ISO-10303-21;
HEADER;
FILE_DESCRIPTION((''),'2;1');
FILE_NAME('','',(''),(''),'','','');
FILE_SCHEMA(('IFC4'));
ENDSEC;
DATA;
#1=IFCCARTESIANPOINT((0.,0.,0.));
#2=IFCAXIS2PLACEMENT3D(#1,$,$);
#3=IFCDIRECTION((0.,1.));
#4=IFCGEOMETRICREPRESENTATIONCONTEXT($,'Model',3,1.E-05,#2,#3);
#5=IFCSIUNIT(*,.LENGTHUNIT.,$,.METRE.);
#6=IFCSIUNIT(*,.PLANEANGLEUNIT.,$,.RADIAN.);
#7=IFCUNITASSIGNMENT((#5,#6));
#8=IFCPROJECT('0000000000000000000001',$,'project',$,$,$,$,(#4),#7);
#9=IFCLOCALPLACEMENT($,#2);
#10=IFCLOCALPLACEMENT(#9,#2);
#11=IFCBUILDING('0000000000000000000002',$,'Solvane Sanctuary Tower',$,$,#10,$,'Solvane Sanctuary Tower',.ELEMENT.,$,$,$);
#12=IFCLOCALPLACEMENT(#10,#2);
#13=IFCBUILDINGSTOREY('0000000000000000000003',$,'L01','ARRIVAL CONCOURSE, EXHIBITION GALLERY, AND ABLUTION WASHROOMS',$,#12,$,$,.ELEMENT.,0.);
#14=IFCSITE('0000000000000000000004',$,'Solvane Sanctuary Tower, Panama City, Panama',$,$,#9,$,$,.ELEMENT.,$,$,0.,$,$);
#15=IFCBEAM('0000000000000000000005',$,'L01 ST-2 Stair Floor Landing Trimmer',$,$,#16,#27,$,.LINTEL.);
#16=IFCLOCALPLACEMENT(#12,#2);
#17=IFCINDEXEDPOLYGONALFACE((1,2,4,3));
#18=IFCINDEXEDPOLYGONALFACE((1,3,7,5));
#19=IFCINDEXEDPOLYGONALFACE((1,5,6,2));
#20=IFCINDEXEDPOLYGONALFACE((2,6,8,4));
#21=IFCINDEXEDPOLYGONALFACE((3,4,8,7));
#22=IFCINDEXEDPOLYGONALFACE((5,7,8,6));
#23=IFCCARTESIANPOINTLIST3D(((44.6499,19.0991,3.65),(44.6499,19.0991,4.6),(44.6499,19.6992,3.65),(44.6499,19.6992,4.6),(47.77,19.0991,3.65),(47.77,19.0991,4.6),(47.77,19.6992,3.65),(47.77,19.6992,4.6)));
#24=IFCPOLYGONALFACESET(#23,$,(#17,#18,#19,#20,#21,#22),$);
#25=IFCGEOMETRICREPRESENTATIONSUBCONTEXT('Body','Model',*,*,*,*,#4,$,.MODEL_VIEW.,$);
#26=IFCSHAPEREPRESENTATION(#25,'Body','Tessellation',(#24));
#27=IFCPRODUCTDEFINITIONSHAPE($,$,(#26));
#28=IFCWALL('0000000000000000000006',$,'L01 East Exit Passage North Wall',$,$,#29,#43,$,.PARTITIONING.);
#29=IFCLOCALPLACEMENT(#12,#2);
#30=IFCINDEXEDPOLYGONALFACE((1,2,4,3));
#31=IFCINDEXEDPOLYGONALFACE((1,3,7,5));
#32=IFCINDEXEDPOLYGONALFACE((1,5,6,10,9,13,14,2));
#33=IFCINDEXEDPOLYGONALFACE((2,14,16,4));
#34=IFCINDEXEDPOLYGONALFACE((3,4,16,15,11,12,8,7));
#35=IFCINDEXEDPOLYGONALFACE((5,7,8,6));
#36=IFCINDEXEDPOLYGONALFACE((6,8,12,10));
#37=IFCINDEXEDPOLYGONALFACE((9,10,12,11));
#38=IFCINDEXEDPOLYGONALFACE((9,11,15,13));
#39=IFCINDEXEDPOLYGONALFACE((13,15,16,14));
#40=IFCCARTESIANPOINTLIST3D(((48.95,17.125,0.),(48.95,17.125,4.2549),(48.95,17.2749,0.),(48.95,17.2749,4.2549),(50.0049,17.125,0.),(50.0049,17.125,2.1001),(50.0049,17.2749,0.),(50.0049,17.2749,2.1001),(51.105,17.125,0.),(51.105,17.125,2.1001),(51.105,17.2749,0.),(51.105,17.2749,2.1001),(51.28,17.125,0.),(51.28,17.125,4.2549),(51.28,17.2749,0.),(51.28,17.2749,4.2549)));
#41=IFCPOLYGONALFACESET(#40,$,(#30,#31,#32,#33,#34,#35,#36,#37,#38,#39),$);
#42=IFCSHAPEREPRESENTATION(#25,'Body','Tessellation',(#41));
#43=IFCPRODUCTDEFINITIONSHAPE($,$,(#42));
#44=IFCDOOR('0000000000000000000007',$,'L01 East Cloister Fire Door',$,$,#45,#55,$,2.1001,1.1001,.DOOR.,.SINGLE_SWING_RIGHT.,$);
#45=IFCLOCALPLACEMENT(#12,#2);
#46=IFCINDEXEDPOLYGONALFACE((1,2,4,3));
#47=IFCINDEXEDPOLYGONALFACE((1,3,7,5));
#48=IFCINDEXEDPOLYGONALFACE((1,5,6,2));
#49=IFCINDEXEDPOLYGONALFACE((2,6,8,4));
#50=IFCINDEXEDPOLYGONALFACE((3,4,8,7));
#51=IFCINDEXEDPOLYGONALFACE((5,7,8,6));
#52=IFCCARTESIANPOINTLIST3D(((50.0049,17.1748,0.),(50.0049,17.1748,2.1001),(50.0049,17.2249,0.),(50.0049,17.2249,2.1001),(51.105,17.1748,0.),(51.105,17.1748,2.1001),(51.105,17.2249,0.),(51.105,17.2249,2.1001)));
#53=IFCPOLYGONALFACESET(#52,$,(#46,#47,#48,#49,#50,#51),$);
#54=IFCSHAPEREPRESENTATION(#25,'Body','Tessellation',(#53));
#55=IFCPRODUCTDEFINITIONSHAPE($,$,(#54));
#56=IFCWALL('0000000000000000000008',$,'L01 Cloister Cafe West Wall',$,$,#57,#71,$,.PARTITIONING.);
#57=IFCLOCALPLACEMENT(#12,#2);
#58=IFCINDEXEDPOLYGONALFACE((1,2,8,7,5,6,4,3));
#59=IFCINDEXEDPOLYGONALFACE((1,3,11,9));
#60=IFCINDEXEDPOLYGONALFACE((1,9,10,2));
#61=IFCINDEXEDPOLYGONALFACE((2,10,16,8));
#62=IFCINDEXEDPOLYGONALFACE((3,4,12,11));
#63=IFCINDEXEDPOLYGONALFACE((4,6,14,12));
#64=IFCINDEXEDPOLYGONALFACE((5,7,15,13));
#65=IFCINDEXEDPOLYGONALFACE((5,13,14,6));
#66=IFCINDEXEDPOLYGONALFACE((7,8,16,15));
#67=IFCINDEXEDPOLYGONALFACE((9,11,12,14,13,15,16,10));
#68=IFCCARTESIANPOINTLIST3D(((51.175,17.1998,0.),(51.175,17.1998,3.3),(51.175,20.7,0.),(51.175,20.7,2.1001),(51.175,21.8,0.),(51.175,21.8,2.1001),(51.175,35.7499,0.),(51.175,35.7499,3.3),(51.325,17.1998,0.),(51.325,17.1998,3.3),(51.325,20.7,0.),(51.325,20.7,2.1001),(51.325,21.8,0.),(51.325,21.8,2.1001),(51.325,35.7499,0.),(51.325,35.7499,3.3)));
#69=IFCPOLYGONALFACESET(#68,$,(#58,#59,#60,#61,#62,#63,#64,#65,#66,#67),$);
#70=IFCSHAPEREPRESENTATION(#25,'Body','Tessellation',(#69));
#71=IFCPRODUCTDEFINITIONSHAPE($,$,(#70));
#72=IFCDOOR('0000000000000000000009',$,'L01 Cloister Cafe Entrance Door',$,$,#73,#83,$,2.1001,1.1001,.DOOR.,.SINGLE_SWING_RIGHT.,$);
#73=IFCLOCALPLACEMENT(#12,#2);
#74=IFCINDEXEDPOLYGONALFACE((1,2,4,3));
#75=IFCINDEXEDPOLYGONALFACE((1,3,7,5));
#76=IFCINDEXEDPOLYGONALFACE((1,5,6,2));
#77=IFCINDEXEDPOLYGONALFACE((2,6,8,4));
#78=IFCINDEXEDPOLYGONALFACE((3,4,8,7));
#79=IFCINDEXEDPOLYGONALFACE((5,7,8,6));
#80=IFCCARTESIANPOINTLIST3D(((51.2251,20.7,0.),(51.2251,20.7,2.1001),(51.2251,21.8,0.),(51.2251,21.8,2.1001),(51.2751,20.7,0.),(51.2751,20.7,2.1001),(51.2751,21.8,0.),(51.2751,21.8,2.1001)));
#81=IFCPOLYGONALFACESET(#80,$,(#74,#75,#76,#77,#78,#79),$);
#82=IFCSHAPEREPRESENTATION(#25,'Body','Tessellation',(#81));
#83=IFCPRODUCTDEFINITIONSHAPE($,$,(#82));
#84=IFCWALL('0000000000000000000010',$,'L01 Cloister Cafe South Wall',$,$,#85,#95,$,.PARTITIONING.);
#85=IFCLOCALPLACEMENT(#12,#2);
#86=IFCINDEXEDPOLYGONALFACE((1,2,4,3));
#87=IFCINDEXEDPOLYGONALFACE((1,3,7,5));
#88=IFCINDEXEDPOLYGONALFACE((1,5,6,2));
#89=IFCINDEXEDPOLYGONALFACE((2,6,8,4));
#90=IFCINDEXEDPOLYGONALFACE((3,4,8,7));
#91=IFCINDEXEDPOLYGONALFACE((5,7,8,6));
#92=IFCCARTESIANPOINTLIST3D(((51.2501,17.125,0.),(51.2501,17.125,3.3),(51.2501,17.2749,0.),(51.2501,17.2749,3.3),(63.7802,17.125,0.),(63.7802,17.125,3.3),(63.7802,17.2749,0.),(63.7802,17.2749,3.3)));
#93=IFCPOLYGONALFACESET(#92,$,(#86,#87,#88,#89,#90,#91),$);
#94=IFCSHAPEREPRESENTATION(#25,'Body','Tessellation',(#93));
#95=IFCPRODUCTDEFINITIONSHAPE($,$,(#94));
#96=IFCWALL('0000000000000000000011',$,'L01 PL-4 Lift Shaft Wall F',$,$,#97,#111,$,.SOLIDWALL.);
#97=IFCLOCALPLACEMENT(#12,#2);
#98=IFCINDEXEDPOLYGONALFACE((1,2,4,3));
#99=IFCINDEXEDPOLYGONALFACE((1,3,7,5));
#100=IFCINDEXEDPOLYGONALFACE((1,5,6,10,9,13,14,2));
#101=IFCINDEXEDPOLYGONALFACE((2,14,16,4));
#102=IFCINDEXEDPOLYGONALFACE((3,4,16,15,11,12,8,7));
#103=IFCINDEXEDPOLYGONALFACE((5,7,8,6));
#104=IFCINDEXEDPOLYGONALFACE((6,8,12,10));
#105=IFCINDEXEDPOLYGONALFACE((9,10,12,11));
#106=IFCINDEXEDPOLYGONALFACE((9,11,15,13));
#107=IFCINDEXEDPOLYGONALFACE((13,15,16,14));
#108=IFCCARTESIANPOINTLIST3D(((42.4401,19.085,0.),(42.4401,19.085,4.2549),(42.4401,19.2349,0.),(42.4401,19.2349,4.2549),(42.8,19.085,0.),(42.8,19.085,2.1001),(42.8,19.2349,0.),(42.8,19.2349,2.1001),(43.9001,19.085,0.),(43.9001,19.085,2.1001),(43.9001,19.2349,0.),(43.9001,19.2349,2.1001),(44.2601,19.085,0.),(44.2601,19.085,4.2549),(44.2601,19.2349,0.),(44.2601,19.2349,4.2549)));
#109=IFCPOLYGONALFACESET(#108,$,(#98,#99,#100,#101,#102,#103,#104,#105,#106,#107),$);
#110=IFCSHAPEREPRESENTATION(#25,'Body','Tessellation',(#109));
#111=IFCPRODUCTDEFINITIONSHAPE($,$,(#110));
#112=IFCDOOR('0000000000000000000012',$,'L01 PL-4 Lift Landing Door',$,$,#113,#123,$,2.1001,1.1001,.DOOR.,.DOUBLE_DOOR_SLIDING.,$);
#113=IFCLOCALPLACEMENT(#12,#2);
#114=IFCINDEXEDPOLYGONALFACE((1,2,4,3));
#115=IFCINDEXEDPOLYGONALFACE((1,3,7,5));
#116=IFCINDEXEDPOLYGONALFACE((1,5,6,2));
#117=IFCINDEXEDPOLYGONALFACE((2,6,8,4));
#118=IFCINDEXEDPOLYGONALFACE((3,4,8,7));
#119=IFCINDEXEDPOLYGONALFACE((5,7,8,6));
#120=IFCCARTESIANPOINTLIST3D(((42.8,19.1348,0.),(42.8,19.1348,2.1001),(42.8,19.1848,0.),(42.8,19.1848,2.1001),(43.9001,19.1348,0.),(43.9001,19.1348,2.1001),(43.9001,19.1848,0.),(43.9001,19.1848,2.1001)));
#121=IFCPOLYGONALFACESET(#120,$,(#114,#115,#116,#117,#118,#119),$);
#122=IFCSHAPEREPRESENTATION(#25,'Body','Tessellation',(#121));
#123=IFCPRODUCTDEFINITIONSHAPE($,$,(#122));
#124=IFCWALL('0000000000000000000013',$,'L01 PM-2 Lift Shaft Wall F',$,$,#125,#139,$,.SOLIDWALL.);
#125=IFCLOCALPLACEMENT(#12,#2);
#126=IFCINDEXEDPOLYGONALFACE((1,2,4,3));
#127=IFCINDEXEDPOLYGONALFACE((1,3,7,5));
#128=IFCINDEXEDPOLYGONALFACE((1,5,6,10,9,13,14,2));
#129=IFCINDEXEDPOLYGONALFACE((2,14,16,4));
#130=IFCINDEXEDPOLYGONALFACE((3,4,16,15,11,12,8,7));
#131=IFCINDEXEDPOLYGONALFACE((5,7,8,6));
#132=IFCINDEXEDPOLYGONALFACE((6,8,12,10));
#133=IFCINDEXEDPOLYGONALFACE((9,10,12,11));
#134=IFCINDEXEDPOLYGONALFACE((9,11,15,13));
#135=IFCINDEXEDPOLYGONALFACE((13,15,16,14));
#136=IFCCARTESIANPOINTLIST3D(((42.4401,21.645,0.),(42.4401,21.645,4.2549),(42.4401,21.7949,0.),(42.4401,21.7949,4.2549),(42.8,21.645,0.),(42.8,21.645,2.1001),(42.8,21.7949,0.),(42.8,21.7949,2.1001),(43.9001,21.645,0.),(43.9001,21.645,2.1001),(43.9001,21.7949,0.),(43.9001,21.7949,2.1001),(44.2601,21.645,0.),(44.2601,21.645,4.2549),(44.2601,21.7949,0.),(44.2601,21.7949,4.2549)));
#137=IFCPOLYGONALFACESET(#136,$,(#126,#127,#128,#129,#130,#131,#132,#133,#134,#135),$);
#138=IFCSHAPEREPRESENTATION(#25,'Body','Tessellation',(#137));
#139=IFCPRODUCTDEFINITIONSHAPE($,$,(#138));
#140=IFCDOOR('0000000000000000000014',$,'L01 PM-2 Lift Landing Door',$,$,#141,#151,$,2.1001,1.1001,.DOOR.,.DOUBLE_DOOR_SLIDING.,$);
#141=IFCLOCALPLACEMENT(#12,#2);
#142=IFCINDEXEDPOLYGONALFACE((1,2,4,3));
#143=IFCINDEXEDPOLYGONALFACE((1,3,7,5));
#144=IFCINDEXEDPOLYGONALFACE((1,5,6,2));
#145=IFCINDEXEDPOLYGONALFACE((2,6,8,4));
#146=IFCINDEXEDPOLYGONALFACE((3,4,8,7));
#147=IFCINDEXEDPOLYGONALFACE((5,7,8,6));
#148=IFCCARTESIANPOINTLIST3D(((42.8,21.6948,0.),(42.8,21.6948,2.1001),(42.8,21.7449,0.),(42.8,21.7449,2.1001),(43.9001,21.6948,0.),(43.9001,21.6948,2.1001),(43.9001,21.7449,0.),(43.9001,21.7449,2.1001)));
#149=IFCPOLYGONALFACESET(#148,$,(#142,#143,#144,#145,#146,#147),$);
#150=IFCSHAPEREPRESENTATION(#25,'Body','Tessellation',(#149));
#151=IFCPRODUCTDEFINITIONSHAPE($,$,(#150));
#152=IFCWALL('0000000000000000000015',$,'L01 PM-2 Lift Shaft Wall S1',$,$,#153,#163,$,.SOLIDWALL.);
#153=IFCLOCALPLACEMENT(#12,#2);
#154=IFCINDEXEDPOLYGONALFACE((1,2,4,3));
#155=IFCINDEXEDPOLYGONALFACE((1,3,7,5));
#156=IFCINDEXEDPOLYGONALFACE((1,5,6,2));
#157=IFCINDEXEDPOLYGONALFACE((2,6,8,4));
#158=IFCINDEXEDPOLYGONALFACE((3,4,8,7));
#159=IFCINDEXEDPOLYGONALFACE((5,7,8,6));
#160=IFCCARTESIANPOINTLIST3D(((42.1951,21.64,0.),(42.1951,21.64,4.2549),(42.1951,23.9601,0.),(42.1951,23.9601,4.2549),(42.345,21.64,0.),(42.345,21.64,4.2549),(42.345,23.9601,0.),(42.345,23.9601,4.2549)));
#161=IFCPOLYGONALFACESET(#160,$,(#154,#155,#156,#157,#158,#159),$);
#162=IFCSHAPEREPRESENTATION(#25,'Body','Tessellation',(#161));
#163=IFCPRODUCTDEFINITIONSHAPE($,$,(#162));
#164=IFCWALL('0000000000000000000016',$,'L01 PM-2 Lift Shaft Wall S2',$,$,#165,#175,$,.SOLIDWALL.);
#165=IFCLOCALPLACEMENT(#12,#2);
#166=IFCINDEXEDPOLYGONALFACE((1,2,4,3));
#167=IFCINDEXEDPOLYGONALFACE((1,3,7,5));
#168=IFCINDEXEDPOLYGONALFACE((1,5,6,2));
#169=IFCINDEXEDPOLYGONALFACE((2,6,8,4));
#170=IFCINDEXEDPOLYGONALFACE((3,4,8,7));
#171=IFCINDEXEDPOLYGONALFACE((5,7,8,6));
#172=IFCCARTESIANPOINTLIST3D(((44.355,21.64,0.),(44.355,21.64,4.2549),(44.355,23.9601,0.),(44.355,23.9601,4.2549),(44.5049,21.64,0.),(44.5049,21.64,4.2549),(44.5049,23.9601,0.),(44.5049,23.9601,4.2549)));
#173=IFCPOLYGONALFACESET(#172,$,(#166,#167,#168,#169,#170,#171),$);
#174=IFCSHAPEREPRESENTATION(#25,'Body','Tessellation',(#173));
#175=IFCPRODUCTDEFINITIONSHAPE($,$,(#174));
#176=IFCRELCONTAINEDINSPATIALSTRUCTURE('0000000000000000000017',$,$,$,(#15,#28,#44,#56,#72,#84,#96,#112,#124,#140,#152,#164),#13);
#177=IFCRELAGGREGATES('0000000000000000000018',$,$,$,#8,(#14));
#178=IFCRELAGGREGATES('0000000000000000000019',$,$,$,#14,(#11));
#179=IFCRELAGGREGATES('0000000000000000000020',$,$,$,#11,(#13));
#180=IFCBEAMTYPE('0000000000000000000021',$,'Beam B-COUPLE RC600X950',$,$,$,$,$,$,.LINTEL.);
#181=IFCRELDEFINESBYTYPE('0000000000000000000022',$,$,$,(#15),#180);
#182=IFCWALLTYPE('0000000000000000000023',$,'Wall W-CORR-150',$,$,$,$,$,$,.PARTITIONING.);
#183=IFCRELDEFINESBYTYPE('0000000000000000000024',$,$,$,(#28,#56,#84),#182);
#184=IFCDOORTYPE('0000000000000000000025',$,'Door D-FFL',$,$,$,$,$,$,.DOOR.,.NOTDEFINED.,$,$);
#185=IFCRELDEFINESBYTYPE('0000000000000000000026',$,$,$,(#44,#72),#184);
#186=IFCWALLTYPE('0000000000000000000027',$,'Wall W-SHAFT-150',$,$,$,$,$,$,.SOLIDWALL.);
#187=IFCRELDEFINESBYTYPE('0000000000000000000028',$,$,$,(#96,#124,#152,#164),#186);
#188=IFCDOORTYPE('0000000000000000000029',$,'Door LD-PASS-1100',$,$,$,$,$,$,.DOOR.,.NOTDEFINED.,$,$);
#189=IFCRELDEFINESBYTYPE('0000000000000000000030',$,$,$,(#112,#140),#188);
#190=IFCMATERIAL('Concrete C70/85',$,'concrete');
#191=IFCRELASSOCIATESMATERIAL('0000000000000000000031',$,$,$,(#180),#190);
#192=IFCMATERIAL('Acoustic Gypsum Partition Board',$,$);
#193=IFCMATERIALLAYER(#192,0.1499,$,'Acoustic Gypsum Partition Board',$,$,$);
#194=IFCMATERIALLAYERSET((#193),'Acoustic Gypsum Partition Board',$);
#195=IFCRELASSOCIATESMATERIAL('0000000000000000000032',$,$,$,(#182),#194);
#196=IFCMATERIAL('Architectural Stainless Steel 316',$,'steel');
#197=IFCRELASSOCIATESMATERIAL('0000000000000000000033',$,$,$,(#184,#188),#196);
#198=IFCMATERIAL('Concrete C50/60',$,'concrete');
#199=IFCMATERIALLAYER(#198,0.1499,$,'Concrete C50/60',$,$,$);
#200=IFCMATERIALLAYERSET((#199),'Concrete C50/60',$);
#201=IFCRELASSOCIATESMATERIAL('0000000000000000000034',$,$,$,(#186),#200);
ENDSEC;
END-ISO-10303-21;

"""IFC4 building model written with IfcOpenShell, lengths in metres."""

from ifc_helpers import new_model, si_unit, direction, frame, frame_2d, origin, origin_2d, place, context, subcontext, project, spatial, rectangle, extrude, material, layer, layer_set, material_profile, profile_set, type_object, element, fill, save


model = new_model("IFC4")

# Units and contexts
model_context = context("Model", 3, precision=1e-05, world=origin(), true_north=direction((0.0, 1.0)))
body_context = subcontext(model_context, "Body", "Model", "MODEL_VIEW")
ifc_project = project(units=[si_unit("LENGTHUNIT", "METRE"), si_unit("PLANEANGLEUNIT", "RADIAN")], contexts=[model_context])

# Site, building, storey
site_placement = place(None, origin())
site = spatial("IfcSite", under=ifc_project, at=site_placement, Name="Solvane Sanctuary Tower, Panama City, Panama", CompositionType="ELEMENT", RefElevation=0.0)
building_placement = place(site_placement, origin())
building = spatial("IfcBuilding", under=site, at=building_placement, Name="Solvane Sanctuary Tower", LongName="Solvane Sanctuary Tower", CompositionType="ELEMENT")
storey_placement = place(building_placement, origin())
storey = spatial("IfcBuildingStorey", under=building, at=storey_placement, Name="L01", Description="ARRIVAL CONCOURSE, EXHIBITION GALLERY, AND ABLUTION WASHROOMS", CompositionType="ELEMENT", Elevation=0.0)

# Beam
ifc_material_1 = material(Name="Concrete C70/85", Category="concrete")
ifc_material_profile = material_profile(ifc_material_1, rectangle(XDim=0.6001, YDim=0.95, at=origin_2d()), Name="RC600X950")
ifc_profile_set = profile_set([ifc_material_profile], Name="Concrete C70/85")
beam_type = type_object("IfcBeamType", Name="Beam B-COUPLE RC600X950", PredefinedType="LINTEL", material=ifc_profile_set)
beam_placement = place(storey_placement, frame((44.6499, 19.3992, 4.125), z_axis=(1.0, 0.0, 0.0), x_axis=(0.0, 1.0, 0.0)))
element("IfcBeam", 1, at=beam_placement, inside=storey, type_object=beam_type, Name="L01 ST-2 Stair Floor Landing Trimmer", PredefinedType="LINTEL", context=body_context, shape_type="SweptSolid", body=[
    extrude(rectangle(XDim=0.6001, YDim=0.95, at=origin_2d()), origin(), (0.0, 0.0, 1.0), 3.1201),
])

# Walls, openings, doors
ifc_material_2 = material(Name="Acoustic Gypsum Partition Board")
ifc_layer_1 = layer(ifc_material_2, 0.1499, Name="Acoustic Gypsum Partition Board")
ifc_layer_set_1 = layer_set([ifc_layer_1], Name="Acoustic Gypsum Partition Board")
wall_type_1 = type_object("IfcWallType", Name="Wall W-CORR-150", PredefinedType="PARTITIONING", material=ifc_layer_set_1)
wall_1_placement = place(storey_placement, frame((48.95, 17.2, 0.0), z_axis=(0.0, 0.0, 1.0), x_axis=(1.0, 0.0, 0.0)))
wall_1 = element("IfcWall", 2, at=wall_1_placement, inside=storey, type_object=wall_type_1, Name="L01 East Exit Passage North Wall", PredefinedType="PARTITIONING", context=body_context, shape_type="SweptSolid", body=[
    extrude(rectangle(XDim=2.3301, YDim=0.1499, at=frame_2d((1.165, 0.0))), origin(), (0.0, 0.0, 1.0), 4.2549),
])
opening_1_placement = place(wall_1_placement, frame((1.0549, 0.0, 0.0)))
opening_1 = element("IfcOpeningElement", 3, at=opening_1_placement, cuts=wall_1, PredefinedType="OPENING", context=body_context, shape_type="SweptSolid", body=[
    extrude(rectangle(XDim=1.1001, YDim=2.1001, at=frame_2d((0.55, 1.05))), frame((0.0, 0.085, 0.0), z_axis=(0.0, -1.0, 0.0), x_axis=(1.0, 0.0, 0.0)), (0.0, 0.0, 1.0), 0.1699),
])
ifc_material_3 = material(Name="Architectural Stainless Steel 316", Category="steel")
door_type_1 = type_object("IfcDoorType", Name="Door D-FFL", OperationType="NOTDEFINED", PredefinedType="DOOR", material=ifc_material_3)
door_1_placement = place(opening_1_placement, origin())
door_1 = element("IfcDoor", 4, at=door_1_placement, inside=storey, type_object=door_type_1, Name="L01 East Cloister Fire Door", OperationType="SINGLE_SWING_RIGHT", OverallHeight=2.1001, OverallWidth=1.1001, PredefinedType="DOOR", context=body_context, shape_type="SweptSolid", body=[
    extrude(rectangle(XDim=1.1001, YDim=2.1001, at=frame_2d((0.55, 1.05))), frame((0.0, 0.0249, 0.0), z_axis=(0.0, -1.0, 0.0), x_axis=(1.0, 0.0, 0.0)), (0.0, 0.0, 1.0), 0.05),
])
fill(opening_1, door_1)
wall_2_placement = place(storey_placement, frame((51.25, 17.2, 0.0), z_axis=(0.0, 0.0, 1.0), x_axis=(0.0, 1.0, 0.0)))
wall_2 = element("IfcWall", 5, at=wall_2_placement, inside=storey, type_object=wall_type_1, Name="L01 Cloister Cafe West Wall", PredefinedType="PARTITIONING", context=body_context, shape_type="SweptSolid", body=[
    extrude(rectangle(XDim=18.55, YDim=0.1499, at=frame_2d((9.2749, 0.0))), origin(), (0.0, 0.0, 1.0), 3.3),
])
opening_2_placement = place(wall_2_placement, frame((3.5, 0.0, 0.0)))
opening_2 = element("IfcOpeningElement", 6, at=opening_2_placement, cuts=wall_2, PredefinedType="OPENING", context=body_context, shape_type="SweptSolid", body=[
    extrude(rectangle(XDim=1.1001, YDim=2.1001, at=frame_2d((0.55, 1.05))), frame((0.0, 0.085, 0.0), z_axis=(0.0, -1.0, 0.0), x_axis=(1.0, 0.0, 0.0)), (0.0, 0.0, 1.0), 0.1699),
])
door_2_placement = place(opening_2_placement, origin())
door_2 = element("IfcDoor", 7, at=door_2_placement, inside=storey, type_object=door_type_1, Name="L01 Cloister Cafe Entrance Door", OperationType="SINGLE_SWING_RIGHT", OverallHeight=2.1001, OverallWidth=1.1001, PredefinedType="DOOR", context=body_context, shape_type="SweptSolid", body=[
    extrude(rectangle(XDim=1.1001, YDim=2.1001, at=frame_2d((0.55, 1.05))), frame((0.0, 0.0249, 0.0), z_axis=(0.0, -1.0, 0.0), x_axis=(1.0, 0.0, 0.0)), (0.0, 0.0, 1.0), 0.05),
])
fill(opening_2, door_2)

# Wall
wall_3_placement = place(storey_placement, frame((51.25, 17.2, 0.0), z_axis=(0.0, 0.0, 1.0), x_axis=(1.0, 0.0, 0.0)))
element("IfcWall", 8, at=wall_3_placement, inside=storey, type_object=wall_type_1, Name="L01 Cloister Cafe South Wall", PredefinedType="PARTITIONING", context=body_context, shape_type="SweptSolid", body=[
    extrude(rectangle(XDim=12.53, YDim=0.1499, at=frame_2d((6.2651, 0.0))), origin(), (0.0, 0.0, 1.0), 3.3),
])

# Walls, openings, doors
ifc_material_4 = material(Name="Concrete C50/60", Category="concrete")
ifc_layer_2 = layer(ifc_material_4, 0.1499, Name="Concrete C50/60")
ifc_layer_set_2 = layer_set([ifc_layer_2], Name="Concrete C50/60")
wall_type_2 = type_object("IfcWallType", Name="Wall W-SHAFT-150", PredefinedType="SOLIDWALL", material=ifc_layer_set_2)
wall_4_placement = place(storey_placement, frame((42.4399, 19.1599, 0.0), z_axis=(0.0, 0.0, 1.0), x_axis=(1.0, 0.0, 0.0)))
wall_4 = element("IfcWall", 9, at=wall_4_placement, inside=storey, type_object=wall_type_2, Name="L01 PL-4 Lift Shaft Wall F", PredefinedType="SOLIDWALL", context=body_context, shape_type="SweptSolid", body=[
    extrude(rectangle(XDim=1.8201, YDim=0.1499, at=frame_2d((0.9102, 0.0))), origin(), (0.0, 0.0, 1.0), 4.2549),
])
opening_3_placement = place(wall_4_placement, frame((0.3601, 0.0, 0.0)))
opening_3 = element("IfcOpeningElement", 10, at=opening_3_placement, cuts=wall_4, PredefinedType="OPENING", context=body_context, shape_type="SweptSolid", body=[
    extrude(rectangle(XDim=1.1001, YDim=2.1001, at=frame_2d((0.55, 1.05))), frame((0.0, 0.085, 0.0), z_axis=(0.0, -1.0, 0.0), x_axis=(1.0, 0.0, 0.0)), (0.0, 0.0, 1.0), 0.1699),
])
door_type_2 = type_object("IfcDoorType", Name="Door LD-PASS-1100", OperationType="NOTDEFINED", PredefinedType="DOOR", material=ifc_material_3)
door_3_placement = place(opening_3_placement, origin())
door_3 = element("IfcDoor", 11, at=door_3_placement, inside=storey, type_object=door_type_2, Name="L01 PL-4 Lift Landing Door", OperationType="DOUBLE_DOOR_SLIDING", OverallHeight=2.1001, OverallWidth=1.1001, PredefinedType="DOOR", context=body_context, shape_type="SweptSolid", body=[
    extrude(rectangle(XDim=1.1001, YDim=2.1001, at=frame_2d((0.55, 1.05))), frame((0.0, 0.0249, 0.0), z_axis=(0.0, -1.0, 0.0), x_axis=(1.0, 0.0, 0.0)), (0.0, 0.0, 1.0), 0.05),
])
fill(opening_3, door_3)
wall_5_placement = place(storey_placement, frame((42.4399, 21.72, 0.0), z_axis=(0.0, 0.0, 1.0), x_axis=(1.0, 0.0, 0.0)))
wall_5 = element("IfcWall", 12, at=wall_5_placement, inside=storey, type_object=wall_type_2, Name="L01 PM-2 Lift Shaft Wall F", PredefinedType="SOLIDWALL", context=body_context, shape_type="SweptSolid", body=[
    extrude(rectangle(XDim=1.8201, YDim=0.1499, at=frame_2d((0.9102, 0.0))), origin(), (0.0, 0.0, 1.0), 4.2549),
])
opening_4_placement = place(wall_5_placement, frame((0.3601, 0.0, 0.0)))
opening_4 = element("IfcOpeningElement", 13, at=opening_4_placement, cuts=wall_5, PredefinedType="OPENING", context=body_context, shape_type="SweptSolid", body=[
    extrude(rectangle(XDim=1.1001, YDim=2.1001, at=frame_2d((0.55, 1.05))), frame((0.0, 0.085, 0.0), z_axis=(0.0, -1.0, 0.0), x_axis=(1.0, 0.0, 0.0)), (0.0, 0.0, 1.0), 0.1699),
])
door_4_placement = place(opening_4_placement, origin())
door_4 = element("IfcDoor", 14, at=door_4_placement, inside=storey, type_object=door_type_2, Name="L01 PM-2 Lift Landing Door", OperationType="DOUBLE_DOOR_SLIDING", OverallHeight=2.1001, OverallWidth=1.1001, PredefinedType="DOOR", context=body_context, shape_type="SweptSolid", body=[
    extrude(rectangle(XDim=1.1001, YDim=2.1001, at=frame_2d((0.55, 1.05))), frame((0.0, 0.0249, 0.0), z_axis=(0.0, -1.0, 0.0), x_axis=(1.0, 0.0, 0.0)), (0.0, 0.0, 1.0), 0.05),
])
fill(opening_4, door_4)

# Walls
for number, where, z_axis, x_axis, name in (
    (15, (42.27, 21.6399, 0.0), (0.0, 0.0, 1.0), (0.0, 1.0, 0.0), "L01 PM-2 Lift Shaft Wall S1"),
    (16, (44.4299, 21.6399, 0.0), (0.0, 0.0, 1.0), (0.0, 1.0, 0.0), "L01 PM-2 Lift Shaft Wall S2"),
):
    element("IfcWall", number, at=place(storey_placement, frame(where, z_axis=z_axis, x_axis=x_axis)), inside=storey, type_object=wall_type_2, Name=name, PredefinedType="SOLIDWALL", context=body_context, shape_type="SweptSolid", body=[
        extrude(rectangle(XDim=2.3201, YDim=0.1499, at=frame_2d((1.1602, 0.0))), origin(), (0.0, 0.0, 1.0), 4.2549),
    ])

save(model, "model.ifc")
